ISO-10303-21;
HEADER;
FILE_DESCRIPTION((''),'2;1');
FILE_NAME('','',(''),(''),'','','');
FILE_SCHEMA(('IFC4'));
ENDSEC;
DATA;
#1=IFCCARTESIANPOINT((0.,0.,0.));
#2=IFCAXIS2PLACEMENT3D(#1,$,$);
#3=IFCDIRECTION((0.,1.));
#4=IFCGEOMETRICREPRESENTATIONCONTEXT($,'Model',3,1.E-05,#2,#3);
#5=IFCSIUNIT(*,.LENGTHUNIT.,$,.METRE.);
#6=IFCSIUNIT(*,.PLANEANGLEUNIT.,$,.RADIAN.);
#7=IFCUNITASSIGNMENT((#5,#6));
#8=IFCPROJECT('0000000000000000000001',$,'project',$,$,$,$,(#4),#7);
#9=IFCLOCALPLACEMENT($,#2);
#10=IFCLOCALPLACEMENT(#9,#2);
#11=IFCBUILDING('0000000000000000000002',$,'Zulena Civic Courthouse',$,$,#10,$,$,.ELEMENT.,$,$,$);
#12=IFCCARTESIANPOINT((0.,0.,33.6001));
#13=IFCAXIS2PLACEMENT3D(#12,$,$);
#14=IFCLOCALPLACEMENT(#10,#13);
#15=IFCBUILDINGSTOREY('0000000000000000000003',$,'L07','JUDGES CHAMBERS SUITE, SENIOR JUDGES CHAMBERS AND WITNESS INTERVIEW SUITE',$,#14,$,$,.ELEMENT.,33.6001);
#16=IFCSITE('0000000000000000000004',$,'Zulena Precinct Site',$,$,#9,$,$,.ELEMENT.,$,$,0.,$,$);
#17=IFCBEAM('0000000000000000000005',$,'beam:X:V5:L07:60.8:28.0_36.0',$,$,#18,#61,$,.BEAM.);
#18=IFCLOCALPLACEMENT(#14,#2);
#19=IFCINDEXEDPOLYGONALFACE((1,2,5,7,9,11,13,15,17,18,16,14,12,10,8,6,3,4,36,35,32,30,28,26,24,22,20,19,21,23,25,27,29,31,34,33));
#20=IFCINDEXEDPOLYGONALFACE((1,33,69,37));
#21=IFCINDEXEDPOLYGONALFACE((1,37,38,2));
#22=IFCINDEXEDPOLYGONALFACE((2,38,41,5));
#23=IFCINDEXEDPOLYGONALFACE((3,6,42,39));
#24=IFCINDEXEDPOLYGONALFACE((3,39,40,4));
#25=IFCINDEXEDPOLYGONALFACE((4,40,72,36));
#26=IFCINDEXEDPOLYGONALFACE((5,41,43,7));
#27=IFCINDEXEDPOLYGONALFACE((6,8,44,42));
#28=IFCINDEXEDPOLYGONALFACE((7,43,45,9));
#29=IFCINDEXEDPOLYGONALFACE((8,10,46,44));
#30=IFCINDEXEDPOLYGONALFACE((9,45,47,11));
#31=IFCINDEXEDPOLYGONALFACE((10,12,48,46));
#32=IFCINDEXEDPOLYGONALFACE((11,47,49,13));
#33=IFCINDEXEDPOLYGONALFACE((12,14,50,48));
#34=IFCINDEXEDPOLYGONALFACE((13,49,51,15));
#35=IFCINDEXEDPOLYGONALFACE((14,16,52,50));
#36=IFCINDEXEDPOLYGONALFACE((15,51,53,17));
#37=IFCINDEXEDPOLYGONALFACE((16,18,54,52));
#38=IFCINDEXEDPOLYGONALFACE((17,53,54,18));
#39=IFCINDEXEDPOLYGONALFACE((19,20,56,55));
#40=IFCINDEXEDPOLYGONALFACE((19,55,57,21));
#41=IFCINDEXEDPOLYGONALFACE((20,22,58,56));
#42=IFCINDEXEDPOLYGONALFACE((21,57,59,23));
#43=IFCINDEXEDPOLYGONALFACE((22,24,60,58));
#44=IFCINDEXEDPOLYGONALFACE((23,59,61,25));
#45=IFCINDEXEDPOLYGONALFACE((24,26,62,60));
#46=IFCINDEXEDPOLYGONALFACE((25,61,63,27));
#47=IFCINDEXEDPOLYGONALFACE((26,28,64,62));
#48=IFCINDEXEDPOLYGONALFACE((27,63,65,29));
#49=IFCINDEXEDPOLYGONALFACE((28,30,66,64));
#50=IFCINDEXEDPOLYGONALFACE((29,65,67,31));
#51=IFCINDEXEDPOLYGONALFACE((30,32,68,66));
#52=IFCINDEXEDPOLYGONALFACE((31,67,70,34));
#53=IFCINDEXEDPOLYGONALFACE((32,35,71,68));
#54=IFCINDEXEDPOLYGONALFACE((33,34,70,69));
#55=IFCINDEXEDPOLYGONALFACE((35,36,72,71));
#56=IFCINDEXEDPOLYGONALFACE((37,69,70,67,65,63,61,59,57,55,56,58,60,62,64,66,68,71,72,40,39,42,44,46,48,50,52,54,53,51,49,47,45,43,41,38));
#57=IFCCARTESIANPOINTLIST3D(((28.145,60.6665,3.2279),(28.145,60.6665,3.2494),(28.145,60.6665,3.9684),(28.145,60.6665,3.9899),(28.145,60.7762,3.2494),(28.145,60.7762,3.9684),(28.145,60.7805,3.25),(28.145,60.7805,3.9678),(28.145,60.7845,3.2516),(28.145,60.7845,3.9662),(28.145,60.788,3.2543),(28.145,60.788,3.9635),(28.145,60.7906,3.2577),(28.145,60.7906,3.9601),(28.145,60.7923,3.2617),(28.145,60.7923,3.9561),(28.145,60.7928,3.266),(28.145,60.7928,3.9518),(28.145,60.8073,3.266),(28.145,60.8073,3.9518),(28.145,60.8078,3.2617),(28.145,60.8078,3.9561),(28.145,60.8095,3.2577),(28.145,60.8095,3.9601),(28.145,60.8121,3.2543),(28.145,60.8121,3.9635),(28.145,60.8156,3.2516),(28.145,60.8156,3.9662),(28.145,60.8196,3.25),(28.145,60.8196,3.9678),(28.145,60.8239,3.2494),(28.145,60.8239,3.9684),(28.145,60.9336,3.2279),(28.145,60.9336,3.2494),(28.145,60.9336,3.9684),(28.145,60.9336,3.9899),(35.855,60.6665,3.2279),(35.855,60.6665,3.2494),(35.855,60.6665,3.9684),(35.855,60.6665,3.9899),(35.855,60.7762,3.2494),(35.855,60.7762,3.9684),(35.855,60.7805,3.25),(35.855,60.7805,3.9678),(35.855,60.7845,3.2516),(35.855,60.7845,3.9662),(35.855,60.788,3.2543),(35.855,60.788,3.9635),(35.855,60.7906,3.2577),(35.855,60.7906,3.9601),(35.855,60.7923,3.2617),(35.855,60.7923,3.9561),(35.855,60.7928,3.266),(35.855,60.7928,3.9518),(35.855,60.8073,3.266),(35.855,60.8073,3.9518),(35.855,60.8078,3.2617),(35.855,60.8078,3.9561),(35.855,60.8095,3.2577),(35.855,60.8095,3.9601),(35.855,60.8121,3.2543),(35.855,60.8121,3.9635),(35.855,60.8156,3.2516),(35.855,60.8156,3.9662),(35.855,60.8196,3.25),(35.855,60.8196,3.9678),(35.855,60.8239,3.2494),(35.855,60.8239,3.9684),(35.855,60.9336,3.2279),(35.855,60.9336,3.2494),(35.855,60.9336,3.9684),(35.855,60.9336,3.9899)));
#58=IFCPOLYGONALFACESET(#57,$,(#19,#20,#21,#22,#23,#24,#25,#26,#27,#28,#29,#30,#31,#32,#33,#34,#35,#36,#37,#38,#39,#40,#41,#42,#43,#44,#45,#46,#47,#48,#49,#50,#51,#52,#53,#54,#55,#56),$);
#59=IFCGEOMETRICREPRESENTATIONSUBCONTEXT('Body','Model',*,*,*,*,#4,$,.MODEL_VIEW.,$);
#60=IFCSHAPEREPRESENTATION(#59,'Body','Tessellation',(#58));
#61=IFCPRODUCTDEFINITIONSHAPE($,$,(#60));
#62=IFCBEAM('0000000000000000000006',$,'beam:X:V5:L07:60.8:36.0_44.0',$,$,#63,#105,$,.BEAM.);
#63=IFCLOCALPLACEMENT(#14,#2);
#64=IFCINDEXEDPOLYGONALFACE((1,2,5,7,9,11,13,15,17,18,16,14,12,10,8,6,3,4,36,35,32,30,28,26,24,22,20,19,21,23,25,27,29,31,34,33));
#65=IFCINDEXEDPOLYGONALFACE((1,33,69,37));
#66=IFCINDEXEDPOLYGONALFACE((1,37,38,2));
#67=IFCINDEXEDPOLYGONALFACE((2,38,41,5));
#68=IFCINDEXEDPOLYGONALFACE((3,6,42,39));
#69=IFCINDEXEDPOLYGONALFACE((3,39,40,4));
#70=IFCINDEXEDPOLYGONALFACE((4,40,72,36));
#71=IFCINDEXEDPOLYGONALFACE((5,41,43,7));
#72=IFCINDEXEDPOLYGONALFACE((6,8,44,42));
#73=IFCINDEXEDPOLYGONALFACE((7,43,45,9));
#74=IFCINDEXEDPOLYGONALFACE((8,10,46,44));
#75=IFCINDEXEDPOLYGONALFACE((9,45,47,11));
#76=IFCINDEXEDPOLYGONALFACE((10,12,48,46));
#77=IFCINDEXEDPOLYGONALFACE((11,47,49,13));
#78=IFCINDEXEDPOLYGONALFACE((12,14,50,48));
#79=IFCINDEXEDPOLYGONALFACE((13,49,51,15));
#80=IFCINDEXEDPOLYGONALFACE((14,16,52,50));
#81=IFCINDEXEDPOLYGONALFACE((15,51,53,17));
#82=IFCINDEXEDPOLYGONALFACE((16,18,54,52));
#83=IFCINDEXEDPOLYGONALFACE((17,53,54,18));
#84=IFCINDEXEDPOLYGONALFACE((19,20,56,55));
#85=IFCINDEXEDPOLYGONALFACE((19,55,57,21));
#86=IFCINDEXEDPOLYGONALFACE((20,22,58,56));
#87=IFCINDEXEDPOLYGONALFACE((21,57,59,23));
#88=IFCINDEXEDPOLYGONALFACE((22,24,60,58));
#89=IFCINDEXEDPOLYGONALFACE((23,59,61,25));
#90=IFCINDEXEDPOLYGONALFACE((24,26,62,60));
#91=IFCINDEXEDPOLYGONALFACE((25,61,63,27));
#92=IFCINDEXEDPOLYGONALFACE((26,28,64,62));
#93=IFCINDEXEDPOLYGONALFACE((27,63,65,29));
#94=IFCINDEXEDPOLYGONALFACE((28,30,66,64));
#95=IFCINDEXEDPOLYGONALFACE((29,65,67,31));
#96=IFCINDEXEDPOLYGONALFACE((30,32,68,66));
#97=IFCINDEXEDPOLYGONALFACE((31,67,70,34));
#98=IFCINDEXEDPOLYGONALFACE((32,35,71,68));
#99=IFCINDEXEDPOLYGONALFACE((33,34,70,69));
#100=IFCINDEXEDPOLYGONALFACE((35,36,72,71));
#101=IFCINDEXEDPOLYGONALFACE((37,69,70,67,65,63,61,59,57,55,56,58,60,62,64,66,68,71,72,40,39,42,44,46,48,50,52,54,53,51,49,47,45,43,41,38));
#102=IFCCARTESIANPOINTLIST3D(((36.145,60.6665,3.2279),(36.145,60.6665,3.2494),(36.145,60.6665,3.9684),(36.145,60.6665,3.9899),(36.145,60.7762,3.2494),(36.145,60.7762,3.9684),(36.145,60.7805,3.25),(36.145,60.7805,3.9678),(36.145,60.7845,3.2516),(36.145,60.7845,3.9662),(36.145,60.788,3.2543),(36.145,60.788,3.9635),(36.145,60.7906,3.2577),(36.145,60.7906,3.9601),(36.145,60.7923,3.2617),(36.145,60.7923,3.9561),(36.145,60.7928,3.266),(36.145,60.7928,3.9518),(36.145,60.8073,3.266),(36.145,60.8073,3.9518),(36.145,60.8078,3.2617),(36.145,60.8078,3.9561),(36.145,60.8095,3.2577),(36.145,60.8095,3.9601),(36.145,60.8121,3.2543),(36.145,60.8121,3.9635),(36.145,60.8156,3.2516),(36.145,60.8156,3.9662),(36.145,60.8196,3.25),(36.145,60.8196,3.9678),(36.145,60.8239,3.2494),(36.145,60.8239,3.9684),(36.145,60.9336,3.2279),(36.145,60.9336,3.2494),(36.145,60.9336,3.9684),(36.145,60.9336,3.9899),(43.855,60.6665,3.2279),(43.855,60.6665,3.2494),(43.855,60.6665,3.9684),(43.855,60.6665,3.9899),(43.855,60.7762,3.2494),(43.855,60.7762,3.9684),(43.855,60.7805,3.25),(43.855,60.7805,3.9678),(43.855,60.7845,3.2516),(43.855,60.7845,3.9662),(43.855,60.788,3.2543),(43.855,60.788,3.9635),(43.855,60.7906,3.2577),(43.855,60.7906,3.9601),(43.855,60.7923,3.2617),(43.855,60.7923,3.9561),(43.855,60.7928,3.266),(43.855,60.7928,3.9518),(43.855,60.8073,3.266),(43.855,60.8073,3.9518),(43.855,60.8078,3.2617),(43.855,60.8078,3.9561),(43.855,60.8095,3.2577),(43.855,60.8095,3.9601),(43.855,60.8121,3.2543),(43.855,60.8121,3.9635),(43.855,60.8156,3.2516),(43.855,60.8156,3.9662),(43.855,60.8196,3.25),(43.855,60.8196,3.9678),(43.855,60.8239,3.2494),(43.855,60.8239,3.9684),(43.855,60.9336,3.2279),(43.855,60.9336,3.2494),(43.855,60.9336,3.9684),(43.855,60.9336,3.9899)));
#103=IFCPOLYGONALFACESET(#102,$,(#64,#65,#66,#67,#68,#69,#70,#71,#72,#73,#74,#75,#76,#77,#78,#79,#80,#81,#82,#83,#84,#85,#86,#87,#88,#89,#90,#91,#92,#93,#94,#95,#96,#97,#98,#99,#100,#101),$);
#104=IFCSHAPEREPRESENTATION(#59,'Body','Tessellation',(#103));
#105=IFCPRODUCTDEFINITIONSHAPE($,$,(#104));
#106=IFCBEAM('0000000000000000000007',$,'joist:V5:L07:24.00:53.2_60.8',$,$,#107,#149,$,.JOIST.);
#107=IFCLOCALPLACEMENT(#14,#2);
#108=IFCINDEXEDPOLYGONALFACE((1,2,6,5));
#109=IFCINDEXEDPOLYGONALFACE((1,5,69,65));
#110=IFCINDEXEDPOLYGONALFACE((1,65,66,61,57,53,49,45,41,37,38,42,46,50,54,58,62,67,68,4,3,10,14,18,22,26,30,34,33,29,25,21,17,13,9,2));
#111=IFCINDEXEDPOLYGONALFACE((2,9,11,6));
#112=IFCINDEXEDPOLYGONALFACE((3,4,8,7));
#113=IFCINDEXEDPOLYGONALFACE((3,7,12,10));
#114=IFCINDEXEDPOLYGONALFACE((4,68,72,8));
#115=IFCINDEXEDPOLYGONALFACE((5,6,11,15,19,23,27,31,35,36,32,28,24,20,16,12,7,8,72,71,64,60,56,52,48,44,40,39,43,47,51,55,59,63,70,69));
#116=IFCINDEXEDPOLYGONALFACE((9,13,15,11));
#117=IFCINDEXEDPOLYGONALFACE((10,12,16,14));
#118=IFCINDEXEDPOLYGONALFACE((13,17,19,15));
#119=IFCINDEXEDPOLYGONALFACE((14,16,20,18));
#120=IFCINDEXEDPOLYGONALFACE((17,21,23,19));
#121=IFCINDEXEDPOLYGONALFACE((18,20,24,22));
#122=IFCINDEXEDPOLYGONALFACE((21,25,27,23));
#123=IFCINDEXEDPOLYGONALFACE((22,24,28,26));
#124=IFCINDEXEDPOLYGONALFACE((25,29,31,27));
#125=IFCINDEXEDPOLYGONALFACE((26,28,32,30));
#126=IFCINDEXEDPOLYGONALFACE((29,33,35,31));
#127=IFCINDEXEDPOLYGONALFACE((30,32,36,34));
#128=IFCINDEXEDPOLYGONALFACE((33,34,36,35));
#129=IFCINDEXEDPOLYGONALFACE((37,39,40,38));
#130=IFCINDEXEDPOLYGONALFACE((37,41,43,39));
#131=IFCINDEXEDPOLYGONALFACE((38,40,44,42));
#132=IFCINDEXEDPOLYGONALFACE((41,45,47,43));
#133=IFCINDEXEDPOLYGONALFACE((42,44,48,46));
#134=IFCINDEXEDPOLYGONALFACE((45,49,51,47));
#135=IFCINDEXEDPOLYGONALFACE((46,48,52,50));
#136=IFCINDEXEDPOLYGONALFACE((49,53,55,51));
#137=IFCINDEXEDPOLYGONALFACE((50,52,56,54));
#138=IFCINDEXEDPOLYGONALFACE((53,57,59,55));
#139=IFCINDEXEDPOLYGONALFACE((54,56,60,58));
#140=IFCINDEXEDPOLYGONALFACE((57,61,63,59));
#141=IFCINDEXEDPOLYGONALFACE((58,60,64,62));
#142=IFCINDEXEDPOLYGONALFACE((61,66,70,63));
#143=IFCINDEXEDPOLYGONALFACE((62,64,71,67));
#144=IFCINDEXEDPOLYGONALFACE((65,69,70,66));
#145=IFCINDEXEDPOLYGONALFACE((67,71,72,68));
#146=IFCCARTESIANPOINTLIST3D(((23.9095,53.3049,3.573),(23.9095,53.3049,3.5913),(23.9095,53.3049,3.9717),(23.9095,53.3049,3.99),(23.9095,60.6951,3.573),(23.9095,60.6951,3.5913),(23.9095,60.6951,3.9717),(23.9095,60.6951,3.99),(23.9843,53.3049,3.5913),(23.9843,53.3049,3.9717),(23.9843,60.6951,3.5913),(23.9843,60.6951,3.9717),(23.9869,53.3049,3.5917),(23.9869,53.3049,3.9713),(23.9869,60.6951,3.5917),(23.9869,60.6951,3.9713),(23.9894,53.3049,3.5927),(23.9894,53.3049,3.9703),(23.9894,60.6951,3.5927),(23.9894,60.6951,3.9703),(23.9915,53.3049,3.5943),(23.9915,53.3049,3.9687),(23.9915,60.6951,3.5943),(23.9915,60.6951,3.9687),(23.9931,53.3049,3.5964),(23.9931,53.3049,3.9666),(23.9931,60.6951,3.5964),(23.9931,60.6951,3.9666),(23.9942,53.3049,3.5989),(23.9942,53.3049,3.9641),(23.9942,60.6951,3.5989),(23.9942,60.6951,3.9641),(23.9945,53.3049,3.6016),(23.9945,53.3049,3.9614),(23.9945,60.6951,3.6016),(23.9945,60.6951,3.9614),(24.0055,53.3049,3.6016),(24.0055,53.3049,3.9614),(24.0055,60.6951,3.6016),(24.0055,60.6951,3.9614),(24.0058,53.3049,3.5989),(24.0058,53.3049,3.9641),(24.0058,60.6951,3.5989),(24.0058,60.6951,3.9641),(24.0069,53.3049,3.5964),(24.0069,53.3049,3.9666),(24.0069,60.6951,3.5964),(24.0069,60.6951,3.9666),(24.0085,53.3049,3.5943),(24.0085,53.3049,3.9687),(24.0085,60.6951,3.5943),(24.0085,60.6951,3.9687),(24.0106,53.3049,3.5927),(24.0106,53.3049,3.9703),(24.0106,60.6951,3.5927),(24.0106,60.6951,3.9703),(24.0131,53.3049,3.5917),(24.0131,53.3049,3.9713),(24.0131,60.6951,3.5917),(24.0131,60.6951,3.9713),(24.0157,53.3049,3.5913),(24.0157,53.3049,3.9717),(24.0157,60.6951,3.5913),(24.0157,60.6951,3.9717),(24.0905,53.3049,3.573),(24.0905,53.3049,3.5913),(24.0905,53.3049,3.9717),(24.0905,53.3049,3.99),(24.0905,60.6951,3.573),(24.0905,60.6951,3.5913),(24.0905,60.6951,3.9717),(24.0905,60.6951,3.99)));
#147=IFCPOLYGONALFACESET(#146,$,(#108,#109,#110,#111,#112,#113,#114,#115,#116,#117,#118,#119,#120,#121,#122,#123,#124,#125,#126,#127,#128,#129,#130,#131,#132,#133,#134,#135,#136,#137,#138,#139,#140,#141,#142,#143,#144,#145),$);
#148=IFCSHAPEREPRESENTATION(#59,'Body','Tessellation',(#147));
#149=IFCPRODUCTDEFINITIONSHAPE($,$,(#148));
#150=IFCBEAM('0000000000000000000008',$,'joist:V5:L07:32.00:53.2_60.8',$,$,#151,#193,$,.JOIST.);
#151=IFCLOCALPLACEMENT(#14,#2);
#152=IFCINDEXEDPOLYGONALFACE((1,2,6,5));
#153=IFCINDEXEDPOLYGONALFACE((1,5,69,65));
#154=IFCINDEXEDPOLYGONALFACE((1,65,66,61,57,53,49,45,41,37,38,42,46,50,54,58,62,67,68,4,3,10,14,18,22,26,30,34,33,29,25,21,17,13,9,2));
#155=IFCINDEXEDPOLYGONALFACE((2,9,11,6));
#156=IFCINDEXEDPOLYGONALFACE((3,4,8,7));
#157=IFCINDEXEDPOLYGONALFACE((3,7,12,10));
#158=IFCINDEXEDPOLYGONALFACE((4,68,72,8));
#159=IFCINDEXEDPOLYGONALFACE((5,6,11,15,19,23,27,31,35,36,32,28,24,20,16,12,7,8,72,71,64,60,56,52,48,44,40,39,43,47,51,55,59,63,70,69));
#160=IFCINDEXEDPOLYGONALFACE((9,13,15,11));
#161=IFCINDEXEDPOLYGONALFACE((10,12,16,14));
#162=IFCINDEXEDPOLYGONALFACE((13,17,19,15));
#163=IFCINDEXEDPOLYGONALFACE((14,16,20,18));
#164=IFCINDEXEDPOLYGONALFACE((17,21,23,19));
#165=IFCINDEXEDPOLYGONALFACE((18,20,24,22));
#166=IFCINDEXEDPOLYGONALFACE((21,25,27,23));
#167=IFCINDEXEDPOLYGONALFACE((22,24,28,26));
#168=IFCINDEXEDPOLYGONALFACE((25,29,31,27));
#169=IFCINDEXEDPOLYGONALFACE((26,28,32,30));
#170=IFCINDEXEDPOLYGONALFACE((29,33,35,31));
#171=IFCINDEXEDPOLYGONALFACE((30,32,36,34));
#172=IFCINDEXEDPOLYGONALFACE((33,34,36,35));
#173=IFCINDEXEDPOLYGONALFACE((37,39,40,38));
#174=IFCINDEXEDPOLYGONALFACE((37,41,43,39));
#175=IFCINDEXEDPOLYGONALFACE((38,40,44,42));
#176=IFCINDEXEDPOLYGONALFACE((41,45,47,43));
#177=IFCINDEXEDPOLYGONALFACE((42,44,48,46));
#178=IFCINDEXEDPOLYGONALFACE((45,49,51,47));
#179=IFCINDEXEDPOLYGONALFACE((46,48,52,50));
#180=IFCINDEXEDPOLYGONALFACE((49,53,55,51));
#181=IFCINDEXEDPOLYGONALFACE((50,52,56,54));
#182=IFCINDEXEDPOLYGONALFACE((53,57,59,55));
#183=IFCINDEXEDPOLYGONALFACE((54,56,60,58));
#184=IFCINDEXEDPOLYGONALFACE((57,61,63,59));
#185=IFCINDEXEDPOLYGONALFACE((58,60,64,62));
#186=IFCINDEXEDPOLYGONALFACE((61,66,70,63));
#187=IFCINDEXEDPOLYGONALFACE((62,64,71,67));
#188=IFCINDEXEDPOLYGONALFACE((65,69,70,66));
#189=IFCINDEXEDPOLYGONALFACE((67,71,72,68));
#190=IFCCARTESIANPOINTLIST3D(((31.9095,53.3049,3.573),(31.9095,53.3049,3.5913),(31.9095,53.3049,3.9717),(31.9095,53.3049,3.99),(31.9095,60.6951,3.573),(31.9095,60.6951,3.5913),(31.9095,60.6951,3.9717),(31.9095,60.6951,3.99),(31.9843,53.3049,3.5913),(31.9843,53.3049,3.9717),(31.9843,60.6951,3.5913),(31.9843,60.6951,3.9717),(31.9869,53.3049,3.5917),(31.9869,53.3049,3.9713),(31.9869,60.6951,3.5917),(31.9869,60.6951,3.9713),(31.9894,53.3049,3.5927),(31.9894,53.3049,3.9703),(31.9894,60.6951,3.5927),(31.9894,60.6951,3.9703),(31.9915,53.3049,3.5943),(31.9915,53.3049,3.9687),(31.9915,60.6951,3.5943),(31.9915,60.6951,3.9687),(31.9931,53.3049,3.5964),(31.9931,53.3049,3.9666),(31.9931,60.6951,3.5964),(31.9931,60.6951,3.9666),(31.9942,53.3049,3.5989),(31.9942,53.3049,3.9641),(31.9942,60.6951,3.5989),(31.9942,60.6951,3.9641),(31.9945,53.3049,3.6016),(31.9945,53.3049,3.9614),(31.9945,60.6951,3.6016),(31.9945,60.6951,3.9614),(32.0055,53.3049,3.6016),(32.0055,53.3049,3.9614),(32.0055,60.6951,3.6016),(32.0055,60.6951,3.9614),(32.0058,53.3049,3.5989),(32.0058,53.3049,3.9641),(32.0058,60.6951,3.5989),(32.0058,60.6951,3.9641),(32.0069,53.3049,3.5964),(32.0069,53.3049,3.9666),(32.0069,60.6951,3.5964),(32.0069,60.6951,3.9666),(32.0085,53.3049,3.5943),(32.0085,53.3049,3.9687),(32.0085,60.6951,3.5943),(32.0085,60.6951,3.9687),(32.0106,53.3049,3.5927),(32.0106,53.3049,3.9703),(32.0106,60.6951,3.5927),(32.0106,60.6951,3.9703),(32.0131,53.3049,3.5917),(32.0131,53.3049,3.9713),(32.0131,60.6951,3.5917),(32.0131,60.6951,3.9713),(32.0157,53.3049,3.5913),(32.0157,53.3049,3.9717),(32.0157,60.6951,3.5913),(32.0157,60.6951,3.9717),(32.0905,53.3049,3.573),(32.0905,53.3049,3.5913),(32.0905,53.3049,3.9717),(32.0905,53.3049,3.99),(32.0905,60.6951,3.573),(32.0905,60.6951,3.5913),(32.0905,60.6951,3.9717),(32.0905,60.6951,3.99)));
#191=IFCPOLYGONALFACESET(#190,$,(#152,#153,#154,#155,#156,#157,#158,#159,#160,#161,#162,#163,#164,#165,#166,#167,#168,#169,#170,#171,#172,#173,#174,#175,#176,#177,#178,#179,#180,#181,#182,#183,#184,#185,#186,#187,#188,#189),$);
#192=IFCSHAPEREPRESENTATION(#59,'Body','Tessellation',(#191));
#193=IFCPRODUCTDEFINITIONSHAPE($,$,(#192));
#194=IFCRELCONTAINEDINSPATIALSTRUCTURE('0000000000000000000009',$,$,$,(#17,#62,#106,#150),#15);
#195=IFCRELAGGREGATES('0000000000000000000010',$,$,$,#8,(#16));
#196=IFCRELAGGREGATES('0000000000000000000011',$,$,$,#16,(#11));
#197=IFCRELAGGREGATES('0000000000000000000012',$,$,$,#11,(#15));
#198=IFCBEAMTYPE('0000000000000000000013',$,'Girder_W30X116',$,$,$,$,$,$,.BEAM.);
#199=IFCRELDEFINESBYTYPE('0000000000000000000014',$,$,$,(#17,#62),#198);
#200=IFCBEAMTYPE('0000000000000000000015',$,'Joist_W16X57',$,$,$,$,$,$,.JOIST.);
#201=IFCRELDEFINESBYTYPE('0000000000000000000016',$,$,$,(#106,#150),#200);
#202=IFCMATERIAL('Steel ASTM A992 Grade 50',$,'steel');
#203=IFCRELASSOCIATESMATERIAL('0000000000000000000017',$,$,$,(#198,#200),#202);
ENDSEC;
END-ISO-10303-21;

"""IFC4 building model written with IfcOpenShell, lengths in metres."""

from ifc_helpers import new_model, si_unit, direction, frame, origin, origin_2d, place, context, subcontext, project, spatial, i_section, extrude, material, material_profile, profile_set, type_object, element, save


model = new_model("IFC4")

# Units and contexts
model_context = context("Model", 3, precision=1e-05, world=origin(), true_north=direction((0.0, 1.0)))
body_context = subcontext(model_context, "Body", "Model", "MODEL_VIEW")
ifc_project = project(units=[si_unit("LENGTHUNIT", "METRE"), si_unit("PLANEANGLEUNIT", "RADIAN")], contexts=[model_context])

# Site, building, storey
site_placement = place(None, origin())
site = spatial("IfcSite", under=ifc_project, at=site_placement, Name="Zulena Precinct Site", CompositionType="ELEMENT", RefElevation=0.0)
building_placement = place(site_placement, origin())
building = spatial("IfcBuilding", under=site, at=building_placement, Name="Zulena Civic Courthouse", CompositionType="ELEMENT")
storey_placement = place(building_placement, frame((0.0, 0.0, 33.6001)))
storey = spatial("IfcBuildingStorey", under=building, at=storey_placement, Name="L07", Description="JUDGES CHAMBERS SUITE, SENIOR JUDGES CHAMBERS AND WITNESS INTERVIEW SUITE", CompositionType="ELEMENT", Elevation=33.6001)

# Shared definitions
ifc_material_1 = material(Name="Steel ASTM A992 Grade 50", Category="steel")

# Beams
ifc_material_profile_1 = material_profile(ifc_material_1, i_section(OverallWidth=0.2671, OverallDepth=0.762, WebThickness=0.0144, FlangeThickness=0.0215, FilletRadius=0.0166, at=origin_2d()), Name="W30X116")
ifc_profile_set_1 = profile_set([ifc_material_profile_1], Name="Steel ASTM A992 Grade 50")
beam_type_1 = type_object("IfcBeamType", Name="Girder_W30X116", PredefinedType="BEAM", material=ifc_profile_set_1)
for number, where, z_axis, x_axis, name in (
    (1, (28.145, 60.8, 3.6089), (1.0, 0.0, 0.0), (0.0, 1.0, 0.0), "beam:X:V5:L07:60.8:28.0_36.0"),
    (2, (36.145, 60.8, 3.6089), (1.0, 0.0, 0.0), (0.0, 1.0, 0.0), "beam:X:V5:L07:60.8:36.0_44.0"),
):
    element("IfcBeam", number, at=place(storey_placement, frame(where, z_axis=z_axis, x_axis=x_axis)), inside=storey, type_object=beam_type_1, Name=name, PredefinedType="BEAM", context=body_context, shape_type="SweptSolid", body=[
        extrude(i_section(OverallWidth=0.2671, OverallDepth=0.762, WebThickness=0.0144, FlangeThickness=0.0215, FilletRadius=0.0166, at=origin_2d()), origin(), (0.0, 0.0, 1.0), 7.71),
    ])
ifc_material_profile_2 = material_profile(ifc_material_1, i_section(OverallWidth=0.1809, OverallDepth=0.417, WebThickness=0.011, FlangeThickness=0.0183, FilletRadius=0.0103, at=origin_2d()), Name="W16X57")
ifc_profile_set_2 = profile_set([ifc_material_profile_2], Name="Steel ASTM A992 Grade 50")
beam_type_2 = type_object("IfcBeamType", Name="Joist_W16X57", PredefinedType="JOIST", material=ifc_profile_set_2)
for number, where, z_axis, x_axis, name in (
    (3, (24.0, 53.3049, 3.7815), (0.0, 1.0, 0.0), (-1.0, 0.0, 0.0), "joist:V5:L07:24.00:53.2_60.8"),
    (4, (32.0, 53.3049, 3.7815), (0.0, 1.0, 0.0), (-1.0, 0.0, 0.0), "joist:V5:L07:32.00:53.2_60.8"),
):
    element("IfcBeam", number, at=place(storey_placement, frame(where, z_axis=z_axis, x_axis=x_axis)), inside=storey, type_object=beam_type_2, Name=name, PredefinedType="JOIST", context=body_context, shape_type="SweptSolid", body=[
        extrude(i_section(OverallWidth=0.1809, OverallDepth=0.417, WebThickness=0.011, FlangeThickness=0.0183, FilletRadius=0.0103, at=origin_2d()), origin(), (0.0, 0.0, 1.0), 7.3901),
    ])

save(model, "model.ifc")
